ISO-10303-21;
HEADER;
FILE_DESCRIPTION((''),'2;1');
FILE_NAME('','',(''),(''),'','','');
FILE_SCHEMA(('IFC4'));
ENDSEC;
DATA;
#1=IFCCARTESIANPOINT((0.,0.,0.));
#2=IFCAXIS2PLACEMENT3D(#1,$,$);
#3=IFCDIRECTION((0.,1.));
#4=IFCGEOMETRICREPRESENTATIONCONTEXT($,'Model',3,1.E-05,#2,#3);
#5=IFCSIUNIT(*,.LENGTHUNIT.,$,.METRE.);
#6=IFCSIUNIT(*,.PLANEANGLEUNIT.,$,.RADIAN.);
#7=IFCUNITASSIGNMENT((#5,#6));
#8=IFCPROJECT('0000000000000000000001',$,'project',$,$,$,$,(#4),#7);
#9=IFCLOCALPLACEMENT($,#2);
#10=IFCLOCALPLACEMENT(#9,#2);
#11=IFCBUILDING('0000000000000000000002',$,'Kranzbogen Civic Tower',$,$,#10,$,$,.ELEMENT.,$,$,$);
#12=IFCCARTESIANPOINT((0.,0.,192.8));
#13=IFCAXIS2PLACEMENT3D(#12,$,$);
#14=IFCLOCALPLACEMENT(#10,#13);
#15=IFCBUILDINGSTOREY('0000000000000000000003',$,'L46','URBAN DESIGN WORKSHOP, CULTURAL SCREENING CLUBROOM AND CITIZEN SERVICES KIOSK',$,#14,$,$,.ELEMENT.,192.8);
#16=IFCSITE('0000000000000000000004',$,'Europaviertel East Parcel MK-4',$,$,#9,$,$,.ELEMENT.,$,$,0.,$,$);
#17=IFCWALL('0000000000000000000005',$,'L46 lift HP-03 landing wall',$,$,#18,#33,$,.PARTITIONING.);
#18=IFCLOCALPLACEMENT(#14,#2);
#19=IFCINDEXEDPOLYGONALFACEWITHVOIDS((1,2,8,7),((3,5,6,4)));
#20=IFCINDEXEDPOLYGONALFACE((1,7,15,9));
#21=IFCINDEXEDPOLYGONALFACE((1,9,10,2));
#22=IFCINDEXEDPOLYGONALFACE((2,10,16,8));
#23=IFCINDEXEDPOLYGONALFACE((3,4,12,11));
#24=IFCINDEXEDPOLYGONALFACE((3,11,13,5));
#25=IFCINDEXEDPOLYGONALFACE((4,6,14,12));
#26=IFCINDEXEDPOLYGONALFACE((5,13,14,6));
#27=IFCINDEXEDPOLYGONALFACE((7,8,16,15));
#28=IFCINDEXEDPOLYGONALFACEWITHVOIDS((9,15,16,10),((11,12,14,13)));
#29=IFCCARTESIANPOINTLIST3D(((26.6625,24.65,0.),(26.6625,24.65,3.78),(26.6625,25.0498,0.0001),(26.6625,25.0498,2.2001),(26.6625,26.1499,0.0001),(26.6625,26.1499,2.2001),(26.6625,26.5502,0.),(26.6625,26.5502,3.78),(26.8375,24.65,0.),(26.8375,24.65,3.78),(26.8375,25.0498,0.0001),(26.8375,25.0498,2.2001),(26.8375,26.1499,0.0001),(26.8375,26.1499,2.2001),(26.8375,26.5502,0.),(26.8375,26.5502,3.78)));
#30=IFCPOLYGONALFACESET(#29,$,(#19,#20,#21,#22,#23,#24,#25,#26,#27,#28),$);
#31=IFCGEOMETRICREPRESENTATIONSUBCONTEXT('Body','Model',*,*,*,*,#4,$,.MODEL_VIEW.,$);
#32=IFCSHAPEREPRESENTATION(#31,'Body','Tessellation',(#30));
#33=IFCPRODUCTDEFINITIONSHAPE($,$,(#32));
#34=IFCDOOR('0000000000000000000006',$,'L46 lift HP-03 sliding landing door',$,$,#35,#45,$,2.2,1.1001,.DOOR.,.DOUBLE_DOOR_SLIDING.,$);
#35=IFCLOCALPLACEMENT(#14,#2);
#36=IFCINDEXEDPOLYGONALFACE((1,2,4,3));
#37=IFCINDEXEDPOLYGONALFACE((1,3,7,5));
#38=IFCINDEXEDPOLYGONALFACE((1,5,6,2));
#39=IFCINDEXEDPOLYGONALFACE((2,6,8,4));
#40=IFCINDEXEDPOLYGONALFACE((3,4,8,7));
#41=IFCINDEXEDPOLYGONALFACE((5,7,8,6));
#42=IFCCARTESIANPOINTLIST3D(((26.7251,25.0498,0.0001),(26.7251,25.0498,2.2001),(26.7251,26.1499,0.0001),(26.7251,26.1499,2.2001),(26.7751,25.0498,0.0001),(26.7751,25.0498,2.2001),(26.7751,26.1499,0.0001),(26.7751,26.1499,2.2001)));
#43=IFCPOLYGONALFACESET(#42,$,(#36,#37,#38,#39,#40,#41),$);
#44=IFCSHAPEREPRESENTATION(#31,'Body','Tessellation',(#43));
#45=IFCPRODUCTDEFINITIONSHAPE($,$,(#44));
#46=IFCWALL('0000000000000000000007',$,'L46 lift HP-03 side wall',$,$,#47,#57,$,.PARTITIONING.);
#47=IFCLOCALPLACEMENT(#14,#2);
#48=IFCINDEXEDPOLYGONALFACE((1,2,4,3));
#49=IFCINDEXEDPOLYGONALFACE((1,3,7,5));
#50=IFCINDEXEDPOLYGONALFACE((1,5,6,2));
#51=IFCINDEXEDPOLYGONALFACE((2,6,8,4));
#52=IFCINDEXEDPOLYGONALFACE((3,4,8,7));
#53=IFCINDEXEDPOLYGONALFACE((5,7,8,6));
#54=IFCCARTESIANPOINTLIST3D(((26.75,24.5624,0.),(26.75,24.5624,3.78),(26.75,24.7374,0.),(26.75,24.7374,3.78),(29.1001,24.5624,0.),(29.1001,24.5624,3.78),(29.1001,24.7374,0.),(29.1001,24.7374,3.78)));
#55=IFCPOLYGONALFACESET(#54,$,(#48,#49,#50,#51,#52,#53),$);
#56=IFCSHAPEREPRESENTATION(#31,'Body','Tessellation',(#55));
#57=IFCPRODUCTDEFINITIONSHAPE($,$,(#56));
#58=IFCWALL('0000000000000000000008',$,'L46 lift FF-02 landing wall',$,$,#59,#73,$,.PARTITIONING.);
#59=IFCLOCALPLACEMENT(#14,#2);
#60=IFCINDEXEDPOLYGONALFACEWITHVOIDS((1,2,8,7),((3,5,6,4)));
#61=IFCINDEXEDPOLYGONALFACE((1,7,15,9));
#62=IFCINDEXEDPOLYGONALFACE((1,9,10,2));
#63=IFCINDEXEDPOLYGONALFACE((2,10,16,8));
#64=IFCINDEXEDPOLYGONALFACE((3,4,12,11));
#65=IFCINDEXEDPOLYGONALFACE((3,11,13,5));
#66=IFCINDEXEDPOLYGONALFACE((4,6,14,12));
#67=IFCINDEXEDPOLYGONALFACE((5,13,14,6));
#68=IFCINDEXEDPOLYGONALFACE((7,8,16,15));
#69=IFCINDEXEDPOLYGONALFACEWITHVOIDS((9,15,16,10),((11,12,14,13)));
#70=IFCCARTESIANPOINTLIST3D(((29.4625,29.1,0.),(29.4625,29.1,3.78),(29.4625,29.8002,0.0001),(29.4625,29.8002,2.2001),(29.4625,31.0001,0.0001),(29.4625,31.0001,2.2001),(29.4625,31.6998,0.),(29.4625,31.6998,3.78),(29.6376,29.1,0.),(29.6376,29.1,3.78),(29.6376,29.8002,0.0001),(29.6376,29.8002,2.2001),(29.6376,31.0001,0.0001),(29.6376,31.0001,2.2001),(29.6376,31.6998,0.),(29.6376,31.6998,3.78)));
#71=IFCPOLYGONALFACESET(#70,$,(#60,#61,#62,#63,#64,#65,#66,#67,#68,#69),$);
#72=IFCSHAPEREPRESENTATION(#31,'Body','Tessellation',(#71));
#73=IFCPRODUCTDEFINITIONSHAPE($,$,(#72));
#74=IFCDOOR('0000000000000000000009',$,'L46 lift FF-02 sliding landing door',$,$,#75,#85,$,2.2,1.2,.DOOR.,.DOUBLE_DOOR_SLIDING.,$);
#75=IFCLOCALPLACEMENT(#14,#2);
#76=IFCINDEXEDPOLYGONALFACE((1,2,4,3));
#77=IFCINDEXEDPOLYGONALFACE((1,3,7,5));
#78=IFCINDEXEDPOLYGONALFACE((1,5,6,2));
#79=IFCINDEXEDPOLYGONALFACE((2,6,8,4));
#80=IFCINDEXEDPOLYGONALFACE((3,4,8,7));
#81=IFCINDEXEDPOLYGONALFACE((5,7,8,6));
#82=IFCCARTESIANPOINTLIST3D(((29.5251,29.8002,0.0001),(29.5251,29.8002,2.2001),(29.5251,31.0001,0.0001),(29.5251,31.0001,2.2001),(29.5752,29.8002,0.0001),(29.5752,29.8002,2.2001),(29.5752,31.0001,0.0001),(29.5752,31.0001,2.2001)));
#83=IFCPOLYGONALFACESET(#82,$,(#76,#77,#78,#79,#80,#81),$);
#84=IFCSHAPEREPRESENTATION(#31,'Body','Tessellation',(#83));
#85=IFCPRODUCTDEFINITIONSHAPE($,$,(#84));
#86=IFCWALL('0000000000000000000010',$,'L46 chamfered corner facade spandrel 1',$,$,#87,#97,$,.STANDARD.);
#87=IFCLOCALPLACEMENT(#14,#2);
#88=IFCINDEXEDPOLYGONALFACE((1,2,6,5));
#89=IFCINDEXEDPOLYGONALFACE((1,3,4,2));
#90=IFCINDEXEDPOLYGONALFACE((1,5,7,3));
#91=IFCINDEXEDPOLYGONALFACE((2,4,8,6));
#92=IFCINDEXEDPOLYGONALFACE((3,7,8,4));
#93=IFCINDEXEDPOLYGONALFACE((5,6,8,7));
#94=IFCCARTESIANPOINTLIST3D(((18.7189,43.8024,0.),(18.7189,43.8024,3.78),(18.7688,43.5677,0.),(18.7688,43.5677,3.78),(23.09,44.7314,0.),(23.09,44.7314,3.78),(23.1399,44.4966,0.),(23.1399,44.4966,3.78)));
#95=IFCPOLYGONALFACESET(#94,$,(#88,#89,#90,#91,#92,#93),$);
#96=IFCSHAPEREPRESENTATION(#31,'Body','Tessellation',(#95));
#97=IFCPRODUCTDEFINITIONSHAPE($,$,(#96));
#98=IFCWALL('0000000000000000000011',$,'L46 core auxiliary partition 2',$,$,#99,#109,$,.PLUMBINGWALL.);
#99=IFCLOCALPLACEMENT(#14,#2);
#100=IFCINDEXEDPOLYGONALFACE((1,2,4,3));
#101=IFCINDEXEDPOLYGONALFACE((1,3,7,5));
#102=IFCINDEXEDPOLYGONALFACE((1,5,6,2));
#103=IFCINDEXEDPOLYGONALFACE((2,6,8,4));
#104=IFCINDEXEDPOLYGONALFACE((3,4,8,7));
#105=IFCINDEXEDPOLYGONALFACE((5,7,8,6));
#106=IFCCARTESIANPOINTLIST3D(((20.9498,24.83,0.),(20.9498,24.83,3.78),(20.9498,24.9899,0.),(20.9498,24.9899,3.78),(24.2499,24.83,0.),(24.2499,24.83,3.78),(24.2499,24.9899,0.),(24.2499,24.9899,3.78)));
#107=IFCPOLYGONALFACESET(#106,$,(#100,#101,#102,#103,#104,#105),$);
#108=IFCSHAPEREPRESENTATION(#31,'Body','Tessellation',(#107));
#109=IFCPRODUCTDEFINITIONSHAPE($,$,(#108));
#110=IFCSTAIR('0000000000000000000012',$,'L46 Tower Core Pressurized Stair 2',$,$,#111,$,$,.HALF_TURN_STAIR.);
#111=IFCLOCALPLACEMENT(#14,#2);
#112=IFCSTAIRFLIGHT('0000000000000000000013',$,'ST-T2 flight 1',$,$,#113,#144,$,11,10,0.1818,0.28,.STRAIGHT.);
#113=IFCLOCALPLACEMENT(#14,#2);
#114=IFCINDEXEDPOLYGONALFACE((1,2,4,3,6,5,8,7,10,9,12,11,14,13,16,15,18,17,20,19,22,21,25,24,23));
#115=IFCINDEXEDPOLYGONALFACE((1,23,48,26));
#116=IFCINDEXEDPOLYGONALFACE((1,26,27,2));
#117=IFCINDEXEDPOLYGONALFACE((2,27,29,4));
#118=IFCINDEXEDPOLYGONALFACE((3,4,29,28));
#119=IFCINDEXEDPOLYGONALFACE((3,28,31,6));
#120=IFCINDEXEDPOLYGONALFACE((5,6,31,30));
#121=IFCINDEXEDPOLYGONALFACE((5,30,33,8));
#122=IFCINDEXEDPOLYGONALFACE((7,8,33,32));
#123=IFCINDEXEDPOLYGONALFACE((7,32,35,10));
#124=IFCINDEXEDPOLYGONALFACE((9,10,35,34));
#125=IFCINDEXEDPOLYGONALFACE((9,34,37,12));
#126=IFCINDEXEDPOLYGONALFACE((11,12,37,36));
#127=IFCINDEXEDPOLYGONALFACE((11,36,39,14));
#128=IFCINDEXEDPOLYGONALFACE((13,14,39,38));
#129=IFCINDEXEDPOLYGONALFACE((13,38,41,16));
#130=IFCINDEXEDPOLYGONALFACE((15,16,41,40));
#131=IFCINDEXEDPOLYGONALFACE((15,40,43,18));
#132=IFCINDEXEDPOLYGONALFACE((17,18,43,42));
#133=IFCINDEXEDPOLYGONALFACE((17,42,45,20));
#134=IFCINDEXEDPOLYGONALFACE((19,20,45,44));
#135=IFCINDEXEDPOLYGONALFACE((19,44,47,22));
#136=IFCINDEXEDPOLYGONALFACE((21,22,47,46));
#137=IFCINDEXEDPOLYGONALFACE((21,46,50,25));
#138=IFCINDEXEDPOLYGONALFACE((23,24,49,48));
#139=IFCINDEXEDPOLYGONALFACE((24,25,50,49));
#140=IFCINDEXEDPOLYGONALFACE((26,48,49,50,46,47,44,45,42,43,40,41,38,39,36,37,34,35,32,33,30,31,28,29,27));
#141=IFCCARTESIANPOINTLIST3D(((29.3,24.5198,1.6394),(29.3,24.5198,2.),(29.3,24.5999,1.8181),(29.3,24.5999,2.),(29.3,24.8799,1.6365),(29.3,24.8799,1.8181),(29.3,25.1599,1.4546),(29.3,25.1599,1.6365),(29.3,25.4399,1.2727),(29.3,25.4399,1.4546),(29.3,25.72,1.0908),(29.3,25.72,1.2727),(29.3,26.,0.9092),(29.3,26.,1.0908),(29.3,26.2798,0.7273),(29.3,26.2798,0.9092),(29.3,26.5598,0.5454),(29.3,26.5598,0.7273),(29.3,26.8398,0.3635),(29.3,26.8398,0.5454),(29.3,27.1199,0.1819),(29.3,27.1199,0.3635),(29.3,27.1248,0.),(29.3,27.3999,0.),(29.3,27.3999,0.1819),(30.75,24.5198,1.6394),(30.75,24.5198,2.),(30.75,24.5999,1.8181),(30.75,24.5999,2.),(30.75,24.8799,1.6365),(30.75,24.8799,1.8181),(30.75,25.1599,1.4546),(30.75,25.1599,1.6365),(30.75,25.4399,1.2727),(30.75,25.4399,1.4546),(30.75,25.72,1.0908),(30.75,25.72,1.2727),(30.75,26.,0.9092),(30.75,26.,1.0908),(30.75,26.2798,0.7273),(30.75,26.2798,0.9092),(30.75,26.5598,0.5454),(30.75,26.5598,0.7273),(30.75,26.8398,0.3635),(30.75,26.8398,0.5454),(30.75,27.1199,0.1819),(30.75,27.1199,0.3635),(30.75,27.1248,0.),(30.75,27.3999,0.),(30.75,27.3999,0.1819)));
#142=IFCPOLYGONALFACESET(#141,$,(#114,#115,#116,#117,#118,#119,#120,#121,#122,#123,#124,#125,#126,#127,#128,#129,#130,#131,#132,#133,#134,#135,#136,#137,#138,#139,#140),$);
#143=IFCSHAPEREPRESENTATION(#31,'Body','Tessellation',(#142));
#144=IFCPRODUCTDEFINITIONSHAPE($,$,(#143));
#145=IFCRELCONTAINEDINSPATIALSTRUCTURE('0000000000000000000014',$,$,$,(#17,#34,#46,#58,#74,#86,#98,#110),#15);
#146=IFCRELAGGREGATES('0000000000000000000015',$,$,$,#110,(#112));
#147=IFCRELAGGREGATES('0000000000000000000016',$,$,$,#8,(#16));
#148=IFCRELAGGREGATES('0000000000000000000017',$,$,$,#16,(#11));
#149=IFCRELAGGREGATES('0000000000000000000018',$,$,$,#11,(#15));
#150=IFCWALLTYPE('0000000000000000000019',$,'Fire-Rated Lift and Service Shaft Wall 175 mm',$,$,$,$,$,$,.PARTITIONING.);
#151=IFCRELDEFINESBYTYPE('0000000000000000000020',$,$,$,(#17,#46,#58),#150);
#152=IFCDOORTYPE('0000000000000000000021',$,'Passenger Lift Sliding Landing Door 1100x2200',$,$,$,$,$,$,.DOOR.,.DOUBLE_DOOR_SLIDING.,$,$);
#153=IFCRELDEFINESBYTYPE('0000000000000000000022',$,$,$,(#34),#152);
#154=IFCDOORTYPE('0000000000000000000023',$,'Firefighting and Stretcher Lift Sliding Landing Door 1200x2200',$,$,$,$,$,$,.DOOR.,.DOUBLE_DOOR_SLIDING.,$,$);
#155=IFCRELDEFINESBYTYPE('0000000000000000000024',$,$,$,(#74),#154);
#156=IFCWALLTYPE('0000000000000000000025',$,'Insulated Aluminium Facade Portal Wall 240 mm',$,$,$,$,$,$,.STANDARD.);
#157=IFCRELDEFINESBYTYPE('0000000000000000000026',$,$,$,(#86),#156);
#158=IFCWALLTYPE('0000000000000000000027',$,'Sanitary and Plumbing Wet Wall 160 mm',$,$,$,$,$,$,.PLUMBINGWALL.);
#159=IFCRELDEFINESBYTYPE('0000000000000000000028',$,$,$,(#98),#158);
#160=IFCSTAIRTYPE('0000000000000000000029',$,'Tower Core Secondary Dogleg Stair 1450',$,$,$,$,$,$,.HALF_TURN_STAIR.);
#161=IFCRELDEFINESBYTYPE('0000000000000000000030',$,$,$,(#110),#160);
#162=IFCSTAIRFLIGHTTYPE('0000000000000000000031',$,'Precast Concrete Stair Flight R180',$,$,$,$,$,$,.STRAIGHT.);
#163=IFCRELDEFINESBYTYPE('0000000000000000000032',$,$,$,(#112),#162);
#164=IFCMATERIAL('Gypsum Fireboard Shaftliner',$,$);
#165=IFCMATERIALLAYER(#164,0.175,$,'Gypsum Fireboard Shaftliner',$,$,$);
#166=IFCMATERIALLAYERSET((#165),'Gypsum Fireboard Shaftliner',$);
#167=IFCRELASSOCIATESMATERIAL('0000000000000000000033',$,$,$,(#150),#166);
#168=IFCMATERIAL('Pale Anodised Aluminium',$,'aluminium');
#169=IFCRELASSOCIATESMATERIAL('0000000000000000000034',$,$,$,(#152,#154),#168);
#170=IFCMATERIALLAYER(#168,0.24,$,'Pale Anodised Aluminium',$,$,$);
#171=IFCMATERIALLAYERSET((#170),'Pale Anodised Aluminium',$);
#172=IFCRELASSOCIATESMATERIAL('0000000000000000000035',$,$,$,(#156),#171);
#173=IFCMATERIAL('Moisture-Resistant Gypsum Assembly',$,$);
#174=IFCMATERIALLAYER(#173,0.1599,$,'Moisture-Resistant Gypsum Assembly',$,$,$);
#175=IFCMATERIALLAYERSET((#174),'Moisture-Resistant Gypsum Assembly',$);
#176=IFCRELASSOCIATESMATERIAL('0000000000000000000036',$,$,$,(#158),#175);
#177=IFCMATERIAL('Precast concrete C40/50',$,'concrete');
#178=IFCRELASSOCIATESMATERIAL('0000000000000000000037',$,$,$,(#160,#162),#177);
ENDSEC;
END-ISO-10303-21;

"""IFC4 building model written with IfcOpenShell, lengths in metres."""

from ifc_helpers import new_model, si_unit, direction, frame, frame_2d, origin, place, context, subcontext, project, spatial, polyline, rectangle, outline, extrude, material, layer, layer_set, type_object, element, fill, aggregate, save


model = new_model("IFC4")

# Units and contexts
model_context = context("Model", 3, precision=1e-05, world=origin(), true_north=direction((0.0, 1.0)))
body_context = subcontext(model_context, "Body", "Model", "MODEL_VIEW")
ifc_project = project(units=[si_unit("LENGTHUNIT", "METRE"), si_unit("PLANEANGLEUNIT", "RADIAN")], contexts=[model_context])

# Site, building, storey
site_placement = place(None, origin())
site = spatial("IfcSite", under=ifc_project, at=site_placement, Name="Europaviertel East Parcel MK-4", CompositionType="ELEMENT", RefElevation=0.0)
building_placement = place(site_placement, origin())
building = spatial("IfcBuilding", under=site, at=building_placement, Name="Kranzbogen Civic Tower", CompositionType="ELEMENT")
storey_placement = place(building_placement, frame((0.0, 0.0, 192.8)))
storey = spatial("IfcBuildingStorey", under=building, at=storey_placement, Name="L46", Description="URBAN DESIGN WORKSHOP, CULTURAL SCREENING CLUBROOM AND CITIZEN SERVICES KIOSK", CompositionType="ELEMENT", Elevation=192.8)

# Shared definitions
ifc_material_1 = material(Name="Pale Anodised Aluminium", Category="aluminium")

# Wall, opening, door
ifc_material_2 = material(Name="Gypsum Fireboard Shaftliner")
ifc_layer_1 = layer(ifc_material_2, 0.175, Name="Gypsum Fireboard Shaftliner")
ifc_layer_set_1 = layer_set([ifc_layer_1], Name="Gypsum Fireboard Shaftliner")
wall_type_1 = type_object("IfcWallType", Name="Fire-Rated Lift and Service Shaft Wall 175 mm", PredefinedType="PARTITIONING", material=ifc_layer_set_1)
wall_1_placement = place(storey_placement, frame((26.75, 24.6499, 0.0), z_axis=(0.0, 0.0, 1.0), x_axis=(0.0, 1.0, 0.0)))
wall_1 = element("IfcWall", 1, at=wall_1_placement, inside=storey, type_object=wall_type_1, Name="L46 lift HP-03 landing wall", PredefinedType="PARTITIONING", context=body_context, shape_type="SweptSolid", body=[
    extrude(rectangle(XDim=1.9001, YDim=0.175, at=frame_2d((0.9502, 0.0))), origin(), (0.0, 0.0, 1.0), 3.78),
])
opening_1_placement = place(wall_1_placement, frame((0.3999, 0.0, 0.0)))
opening_1 = element("IfcOpeningElement", 2, at=opening_1_placement, cuts=wall_1, PredefinedType="OPENING", context=body_context, shape_type="SweptSolid", body=[
    extrude(rectangle(XDim=1.1001, YDim=2.2, at=frame_2d((0.55, 1.1001))), frame((0.0, 0.0977, 0.0), z_axis=(0.0, -1.0, 0.0), x_axis=(1.0, 0.0, 0.0)), (0.0, 0.0, 1.0), 0.1951),
])
door_type_1 = type_object("IfcDoorType", Name="Passenger Lift Sliding Landing Door 1100x2200", OperationType="DOUBLE_DOOR_SLIDING", PredefinedType="DOOR", material=ifc_material_1)
door_1_placement = place(opening_1_placement, origin())
door_1 = element("IfcDoor", 3, at=door_1_placement, inside=storey, type_object=door_type_1, Name="L46 lift HP-03 sliding landing door", OperationType="DOUBLE_DOOR_SLIDING", OverallHeight=2.2, OverallWidth=1.1001, PredefinedType="DOOR", context=body_context, shape_type="SweptSolid", body=[
    extrude(rectangle(XDim=1.1001, YDim=2.2, at=frame_2d((0.55, 1.1001))), frame((0.0, 0.0249, 0.0), z_axis=(0.0, -1.0, 0.0), x_axis=(1.0, 0.0, 0.0)), (0.0, 0.0, 1.0), 0.05),
])
fill(opening_1, door_1)

# Wall
wall_2_placement = place(storey_placement, frame((26.75, 24.6499, 0.0), z_axis=(0.0, 0.0, 1.0), x_axis=(1.0, 0.0, 0.0)))
element("IfcWall", 4, at=wall_2_placement, inside=storey, type_object=wall_type_1, Name="L46 lift HP-03 side wall", PredefinedType="PARTITIONING", context=body_context, shape_type="SweptSolid", body=[
    extrude(rectangle(XDim=2.3501, YDim=0.175, at=frame_2d((1.175, 0.0))), origin(), (0.0, 0.0, 1.0), 3.78),
])

# Wall, opening, door
wall_3_placement = place(storey_placement, frame((29.55, 29.1001, 0.0), z_axis=(0.0, 0.0, 1.0), x_axis=(0.0, 1.0, 0.0)))
wall_3 = element("IfcWall", 5, at=wall_3_placement, inside=storey, type_object=wall_type_1, Name="L46 lift FF-02 landing wall", PredefinedType="PARTITIONING", context=body_context, shape_type="SweptSolid", body=[
    extrude(rectangle(XDim=2.5999, YDim=0.175, at=frame_2d((1.2998, 0.0))), origin(), (0.0, 0.0, 1.0), 3.78),
])
opening_2_placement = place(wall_3_placement, frame((0.7, 0.0, 0.0)))
opening_2 = element("IfcOpeningElement", 6, at=opening_2_placement, cuts=wall_3, PredefinedType="OPENING", context=body_context, shape_type="SweptSolid", body=[
    extrude(rectangle(XDim=1.2, YDim=2.2, at=frame_2d((0.6001, 1.1001))), frame((0.0, 0.0977, 0.0), z_axis=(0.0, -1.0, 0.0), x_axis=(1.0, 0.0, 0.0)), (0.0, 0.0, 1.0), 0.1951),
])
door_type_2 = type_object("IfcDoorType", Name="Firefighting and Stretcher Lift Sliding Landing Door 1200x2200", OperationType="DOUBLE_DOOR_SLIDING", PredefinedType="DOOR", material=ifc_material_1)
door_2_placement = place(opening_2_placement, origin())
door_2 = element("IfcDoor", 7, at=door_2_placement, inside=storey, type_object=door_type_2, Name="L46 lift FF-02 sliding landing door", OperationType="DOUBLE_DOOR_SLIDING", OverallHeight=2.2, OverallWidth=1.2, PredefinedType="DOOR", context=body_context, shape_type="SweptSolid", body=[
    extrude(rectangle(XDim=1.2, YDim=2.2, at=frame_2d((0.6001, 1.1001))), frame((0.0, 0.0249, 0.0), z_axis=(0.0, -1.0, 0.0), x_axis=(1.0, 0.0, 0.0)), (0.0, 0.0, 1.0), 0.05),
])
fill(opening_2, door_2)

# Walls
ifc_layer_2 = layer(ifc_material_1, 0.24, Name="Pale Anodised Aluminium")
ifc_layer_set_2 = layer_set([ifc_layer_2], Name="Pale Anodised Aluminium")
wall_type_2 = type_object("IfcWallType", Name="Insulated Aluminium Facade Portal Wall 240 mm", PredefinedType="STANDARD", material=ifc_layer_set_2)
wall_4_placement = place(storey_placement, frame((23.115, 44.614, 0.0), z_axis=(0.0, 0.0, 1.0), x_axis=(-0.978154, -0.20788, 0.0)))
element("IfcWall", 8, at=wall_4_placement, inside=storey, type_object=wall_type_2, Name="L46 chamfered corner facade spandrel 1", PredefinedType="STANDARD", context=body_context, shape_type="SweptSolid", body=[
    extrude(rectangle(XDim=4.4688, YDim=0.24, at=frame_2d((2.2344, 0.0))), origin(), (0.0, 0.0, 1.0), 3.78),
])
ifc_material_3 = material(Name="Moisture-Resistant Gypsum Assembly")
ifc_layer_3 = layer(ifc_material_3, 0.1599, Name="Moisture-Resistant Gypsum Assembly")
ifc_layer_set_3 = layer_set([ifc_layer_3], Name="Moisture-Resistant Gypsum Assembly")
wall_type_3 = type_object("IfcWallType", Name="Sanitary and Plumbing Wet Wall 160 mm", PredefinedType="PLUMBINGWALL", material=ifc_layer_set_3)
wall_5_placement = place(storey_placement, frame((20.95, 24.9099, 0.0), z_axis=(0.0, 0.0, 1.0), x_axis=(1.0, 0.0, 0.0)))
element("IfcWall", 9, at=wall_5_placement, inside=storey, type_object=wall_type_3, Name="L46 core auxiliary partition 2", PredefinedType="PLUMBINGWALL", context=body_context, shape_type="SweptSolid", body=[
    extrude(rectangle(XDim=3.3, YDim=0.1599, at=frame_2d((1.6499, 0.0))), origin(), (0.0, 0.0, 1.0), 3.78),
])

# Stair, stair flight
ifc_material_4 = material(Name="Precast concrete C40/50", Category="concrete")
stair_type = type_object("IfcStairType", Name="Tower Core Secondary Dogleg Stair 1450", PredefinedType="HALF_TURN_STAIR", material=ifc_material_4)
stair_placement = place(storey_placement, origin())
stair = element("IfcStair", 10, at=stair_placement, inside=storey, type_object=stair_type, Name="L46 Tower Core Pressurized Stair 2", PredefinedType="HALF_TURN_STAIR")
stair_flight_type = type_object("IfcStairFlightType", Name="Precast Concrete Stair Flight R180", PredefinedType="STRAIGHT", material=ifc_material_4)
stair_flight_placement = place(storey_placement, frame((30.0249, 27.3999, 0.0), z_axis=(0.0, 0.0, 1.0), x_axis=(0.0, -1.0, 0.0)))
stair_flight = element("IfcStairFlight", 11, at=stair_flight_placement, type_object=stair_flight_type, Name="ST-T2 flight 1", NumberOfRisers=11, NumberOfTreads=10, PredefinedType="STRAIGHT", RiserHeight=0.1818, TreadLength=0.28, context=body_context, shape_type="SweptSolid", body=[
    extrude(outline(polyline([(0.0, 0.0), (0.0, 0.1819), (0.28, 0.1819), (0.28, 0.3635), (0.5601, 0.3635), (0.5601, 0.5454), (0.8401, 0.5454), (0.8401, 0.7273), (1.1201, 0.7273), (1.1201, 0.9092), (1.3999, 0.9092), (1.3999, 1.0908), (1.6799, 1.0908), (1.6799, 1.2727), (1.96, 1.2727), (1.96, 1.4546), (2.24, 1.4546), (2.24, 1.6365), (2.52, 1.6365), (2.52, 1.8181), (2.8, 1.8181), (2.8, 2.0), (2.8801, 2.0), (2.8801, 1.6394), (0.2751, 0.0), (0.0, 0.0)])), frame((0.0, 0.7251, 0.0), z_axis=(0.0, -1.0, 0.0), x_axis=(1.0, 0.0, 0.0)), (0.0, 0.0, 1.0), 1.45),
])
aggregate(stair, [stair_flight])

save(model, "model.ifc")
